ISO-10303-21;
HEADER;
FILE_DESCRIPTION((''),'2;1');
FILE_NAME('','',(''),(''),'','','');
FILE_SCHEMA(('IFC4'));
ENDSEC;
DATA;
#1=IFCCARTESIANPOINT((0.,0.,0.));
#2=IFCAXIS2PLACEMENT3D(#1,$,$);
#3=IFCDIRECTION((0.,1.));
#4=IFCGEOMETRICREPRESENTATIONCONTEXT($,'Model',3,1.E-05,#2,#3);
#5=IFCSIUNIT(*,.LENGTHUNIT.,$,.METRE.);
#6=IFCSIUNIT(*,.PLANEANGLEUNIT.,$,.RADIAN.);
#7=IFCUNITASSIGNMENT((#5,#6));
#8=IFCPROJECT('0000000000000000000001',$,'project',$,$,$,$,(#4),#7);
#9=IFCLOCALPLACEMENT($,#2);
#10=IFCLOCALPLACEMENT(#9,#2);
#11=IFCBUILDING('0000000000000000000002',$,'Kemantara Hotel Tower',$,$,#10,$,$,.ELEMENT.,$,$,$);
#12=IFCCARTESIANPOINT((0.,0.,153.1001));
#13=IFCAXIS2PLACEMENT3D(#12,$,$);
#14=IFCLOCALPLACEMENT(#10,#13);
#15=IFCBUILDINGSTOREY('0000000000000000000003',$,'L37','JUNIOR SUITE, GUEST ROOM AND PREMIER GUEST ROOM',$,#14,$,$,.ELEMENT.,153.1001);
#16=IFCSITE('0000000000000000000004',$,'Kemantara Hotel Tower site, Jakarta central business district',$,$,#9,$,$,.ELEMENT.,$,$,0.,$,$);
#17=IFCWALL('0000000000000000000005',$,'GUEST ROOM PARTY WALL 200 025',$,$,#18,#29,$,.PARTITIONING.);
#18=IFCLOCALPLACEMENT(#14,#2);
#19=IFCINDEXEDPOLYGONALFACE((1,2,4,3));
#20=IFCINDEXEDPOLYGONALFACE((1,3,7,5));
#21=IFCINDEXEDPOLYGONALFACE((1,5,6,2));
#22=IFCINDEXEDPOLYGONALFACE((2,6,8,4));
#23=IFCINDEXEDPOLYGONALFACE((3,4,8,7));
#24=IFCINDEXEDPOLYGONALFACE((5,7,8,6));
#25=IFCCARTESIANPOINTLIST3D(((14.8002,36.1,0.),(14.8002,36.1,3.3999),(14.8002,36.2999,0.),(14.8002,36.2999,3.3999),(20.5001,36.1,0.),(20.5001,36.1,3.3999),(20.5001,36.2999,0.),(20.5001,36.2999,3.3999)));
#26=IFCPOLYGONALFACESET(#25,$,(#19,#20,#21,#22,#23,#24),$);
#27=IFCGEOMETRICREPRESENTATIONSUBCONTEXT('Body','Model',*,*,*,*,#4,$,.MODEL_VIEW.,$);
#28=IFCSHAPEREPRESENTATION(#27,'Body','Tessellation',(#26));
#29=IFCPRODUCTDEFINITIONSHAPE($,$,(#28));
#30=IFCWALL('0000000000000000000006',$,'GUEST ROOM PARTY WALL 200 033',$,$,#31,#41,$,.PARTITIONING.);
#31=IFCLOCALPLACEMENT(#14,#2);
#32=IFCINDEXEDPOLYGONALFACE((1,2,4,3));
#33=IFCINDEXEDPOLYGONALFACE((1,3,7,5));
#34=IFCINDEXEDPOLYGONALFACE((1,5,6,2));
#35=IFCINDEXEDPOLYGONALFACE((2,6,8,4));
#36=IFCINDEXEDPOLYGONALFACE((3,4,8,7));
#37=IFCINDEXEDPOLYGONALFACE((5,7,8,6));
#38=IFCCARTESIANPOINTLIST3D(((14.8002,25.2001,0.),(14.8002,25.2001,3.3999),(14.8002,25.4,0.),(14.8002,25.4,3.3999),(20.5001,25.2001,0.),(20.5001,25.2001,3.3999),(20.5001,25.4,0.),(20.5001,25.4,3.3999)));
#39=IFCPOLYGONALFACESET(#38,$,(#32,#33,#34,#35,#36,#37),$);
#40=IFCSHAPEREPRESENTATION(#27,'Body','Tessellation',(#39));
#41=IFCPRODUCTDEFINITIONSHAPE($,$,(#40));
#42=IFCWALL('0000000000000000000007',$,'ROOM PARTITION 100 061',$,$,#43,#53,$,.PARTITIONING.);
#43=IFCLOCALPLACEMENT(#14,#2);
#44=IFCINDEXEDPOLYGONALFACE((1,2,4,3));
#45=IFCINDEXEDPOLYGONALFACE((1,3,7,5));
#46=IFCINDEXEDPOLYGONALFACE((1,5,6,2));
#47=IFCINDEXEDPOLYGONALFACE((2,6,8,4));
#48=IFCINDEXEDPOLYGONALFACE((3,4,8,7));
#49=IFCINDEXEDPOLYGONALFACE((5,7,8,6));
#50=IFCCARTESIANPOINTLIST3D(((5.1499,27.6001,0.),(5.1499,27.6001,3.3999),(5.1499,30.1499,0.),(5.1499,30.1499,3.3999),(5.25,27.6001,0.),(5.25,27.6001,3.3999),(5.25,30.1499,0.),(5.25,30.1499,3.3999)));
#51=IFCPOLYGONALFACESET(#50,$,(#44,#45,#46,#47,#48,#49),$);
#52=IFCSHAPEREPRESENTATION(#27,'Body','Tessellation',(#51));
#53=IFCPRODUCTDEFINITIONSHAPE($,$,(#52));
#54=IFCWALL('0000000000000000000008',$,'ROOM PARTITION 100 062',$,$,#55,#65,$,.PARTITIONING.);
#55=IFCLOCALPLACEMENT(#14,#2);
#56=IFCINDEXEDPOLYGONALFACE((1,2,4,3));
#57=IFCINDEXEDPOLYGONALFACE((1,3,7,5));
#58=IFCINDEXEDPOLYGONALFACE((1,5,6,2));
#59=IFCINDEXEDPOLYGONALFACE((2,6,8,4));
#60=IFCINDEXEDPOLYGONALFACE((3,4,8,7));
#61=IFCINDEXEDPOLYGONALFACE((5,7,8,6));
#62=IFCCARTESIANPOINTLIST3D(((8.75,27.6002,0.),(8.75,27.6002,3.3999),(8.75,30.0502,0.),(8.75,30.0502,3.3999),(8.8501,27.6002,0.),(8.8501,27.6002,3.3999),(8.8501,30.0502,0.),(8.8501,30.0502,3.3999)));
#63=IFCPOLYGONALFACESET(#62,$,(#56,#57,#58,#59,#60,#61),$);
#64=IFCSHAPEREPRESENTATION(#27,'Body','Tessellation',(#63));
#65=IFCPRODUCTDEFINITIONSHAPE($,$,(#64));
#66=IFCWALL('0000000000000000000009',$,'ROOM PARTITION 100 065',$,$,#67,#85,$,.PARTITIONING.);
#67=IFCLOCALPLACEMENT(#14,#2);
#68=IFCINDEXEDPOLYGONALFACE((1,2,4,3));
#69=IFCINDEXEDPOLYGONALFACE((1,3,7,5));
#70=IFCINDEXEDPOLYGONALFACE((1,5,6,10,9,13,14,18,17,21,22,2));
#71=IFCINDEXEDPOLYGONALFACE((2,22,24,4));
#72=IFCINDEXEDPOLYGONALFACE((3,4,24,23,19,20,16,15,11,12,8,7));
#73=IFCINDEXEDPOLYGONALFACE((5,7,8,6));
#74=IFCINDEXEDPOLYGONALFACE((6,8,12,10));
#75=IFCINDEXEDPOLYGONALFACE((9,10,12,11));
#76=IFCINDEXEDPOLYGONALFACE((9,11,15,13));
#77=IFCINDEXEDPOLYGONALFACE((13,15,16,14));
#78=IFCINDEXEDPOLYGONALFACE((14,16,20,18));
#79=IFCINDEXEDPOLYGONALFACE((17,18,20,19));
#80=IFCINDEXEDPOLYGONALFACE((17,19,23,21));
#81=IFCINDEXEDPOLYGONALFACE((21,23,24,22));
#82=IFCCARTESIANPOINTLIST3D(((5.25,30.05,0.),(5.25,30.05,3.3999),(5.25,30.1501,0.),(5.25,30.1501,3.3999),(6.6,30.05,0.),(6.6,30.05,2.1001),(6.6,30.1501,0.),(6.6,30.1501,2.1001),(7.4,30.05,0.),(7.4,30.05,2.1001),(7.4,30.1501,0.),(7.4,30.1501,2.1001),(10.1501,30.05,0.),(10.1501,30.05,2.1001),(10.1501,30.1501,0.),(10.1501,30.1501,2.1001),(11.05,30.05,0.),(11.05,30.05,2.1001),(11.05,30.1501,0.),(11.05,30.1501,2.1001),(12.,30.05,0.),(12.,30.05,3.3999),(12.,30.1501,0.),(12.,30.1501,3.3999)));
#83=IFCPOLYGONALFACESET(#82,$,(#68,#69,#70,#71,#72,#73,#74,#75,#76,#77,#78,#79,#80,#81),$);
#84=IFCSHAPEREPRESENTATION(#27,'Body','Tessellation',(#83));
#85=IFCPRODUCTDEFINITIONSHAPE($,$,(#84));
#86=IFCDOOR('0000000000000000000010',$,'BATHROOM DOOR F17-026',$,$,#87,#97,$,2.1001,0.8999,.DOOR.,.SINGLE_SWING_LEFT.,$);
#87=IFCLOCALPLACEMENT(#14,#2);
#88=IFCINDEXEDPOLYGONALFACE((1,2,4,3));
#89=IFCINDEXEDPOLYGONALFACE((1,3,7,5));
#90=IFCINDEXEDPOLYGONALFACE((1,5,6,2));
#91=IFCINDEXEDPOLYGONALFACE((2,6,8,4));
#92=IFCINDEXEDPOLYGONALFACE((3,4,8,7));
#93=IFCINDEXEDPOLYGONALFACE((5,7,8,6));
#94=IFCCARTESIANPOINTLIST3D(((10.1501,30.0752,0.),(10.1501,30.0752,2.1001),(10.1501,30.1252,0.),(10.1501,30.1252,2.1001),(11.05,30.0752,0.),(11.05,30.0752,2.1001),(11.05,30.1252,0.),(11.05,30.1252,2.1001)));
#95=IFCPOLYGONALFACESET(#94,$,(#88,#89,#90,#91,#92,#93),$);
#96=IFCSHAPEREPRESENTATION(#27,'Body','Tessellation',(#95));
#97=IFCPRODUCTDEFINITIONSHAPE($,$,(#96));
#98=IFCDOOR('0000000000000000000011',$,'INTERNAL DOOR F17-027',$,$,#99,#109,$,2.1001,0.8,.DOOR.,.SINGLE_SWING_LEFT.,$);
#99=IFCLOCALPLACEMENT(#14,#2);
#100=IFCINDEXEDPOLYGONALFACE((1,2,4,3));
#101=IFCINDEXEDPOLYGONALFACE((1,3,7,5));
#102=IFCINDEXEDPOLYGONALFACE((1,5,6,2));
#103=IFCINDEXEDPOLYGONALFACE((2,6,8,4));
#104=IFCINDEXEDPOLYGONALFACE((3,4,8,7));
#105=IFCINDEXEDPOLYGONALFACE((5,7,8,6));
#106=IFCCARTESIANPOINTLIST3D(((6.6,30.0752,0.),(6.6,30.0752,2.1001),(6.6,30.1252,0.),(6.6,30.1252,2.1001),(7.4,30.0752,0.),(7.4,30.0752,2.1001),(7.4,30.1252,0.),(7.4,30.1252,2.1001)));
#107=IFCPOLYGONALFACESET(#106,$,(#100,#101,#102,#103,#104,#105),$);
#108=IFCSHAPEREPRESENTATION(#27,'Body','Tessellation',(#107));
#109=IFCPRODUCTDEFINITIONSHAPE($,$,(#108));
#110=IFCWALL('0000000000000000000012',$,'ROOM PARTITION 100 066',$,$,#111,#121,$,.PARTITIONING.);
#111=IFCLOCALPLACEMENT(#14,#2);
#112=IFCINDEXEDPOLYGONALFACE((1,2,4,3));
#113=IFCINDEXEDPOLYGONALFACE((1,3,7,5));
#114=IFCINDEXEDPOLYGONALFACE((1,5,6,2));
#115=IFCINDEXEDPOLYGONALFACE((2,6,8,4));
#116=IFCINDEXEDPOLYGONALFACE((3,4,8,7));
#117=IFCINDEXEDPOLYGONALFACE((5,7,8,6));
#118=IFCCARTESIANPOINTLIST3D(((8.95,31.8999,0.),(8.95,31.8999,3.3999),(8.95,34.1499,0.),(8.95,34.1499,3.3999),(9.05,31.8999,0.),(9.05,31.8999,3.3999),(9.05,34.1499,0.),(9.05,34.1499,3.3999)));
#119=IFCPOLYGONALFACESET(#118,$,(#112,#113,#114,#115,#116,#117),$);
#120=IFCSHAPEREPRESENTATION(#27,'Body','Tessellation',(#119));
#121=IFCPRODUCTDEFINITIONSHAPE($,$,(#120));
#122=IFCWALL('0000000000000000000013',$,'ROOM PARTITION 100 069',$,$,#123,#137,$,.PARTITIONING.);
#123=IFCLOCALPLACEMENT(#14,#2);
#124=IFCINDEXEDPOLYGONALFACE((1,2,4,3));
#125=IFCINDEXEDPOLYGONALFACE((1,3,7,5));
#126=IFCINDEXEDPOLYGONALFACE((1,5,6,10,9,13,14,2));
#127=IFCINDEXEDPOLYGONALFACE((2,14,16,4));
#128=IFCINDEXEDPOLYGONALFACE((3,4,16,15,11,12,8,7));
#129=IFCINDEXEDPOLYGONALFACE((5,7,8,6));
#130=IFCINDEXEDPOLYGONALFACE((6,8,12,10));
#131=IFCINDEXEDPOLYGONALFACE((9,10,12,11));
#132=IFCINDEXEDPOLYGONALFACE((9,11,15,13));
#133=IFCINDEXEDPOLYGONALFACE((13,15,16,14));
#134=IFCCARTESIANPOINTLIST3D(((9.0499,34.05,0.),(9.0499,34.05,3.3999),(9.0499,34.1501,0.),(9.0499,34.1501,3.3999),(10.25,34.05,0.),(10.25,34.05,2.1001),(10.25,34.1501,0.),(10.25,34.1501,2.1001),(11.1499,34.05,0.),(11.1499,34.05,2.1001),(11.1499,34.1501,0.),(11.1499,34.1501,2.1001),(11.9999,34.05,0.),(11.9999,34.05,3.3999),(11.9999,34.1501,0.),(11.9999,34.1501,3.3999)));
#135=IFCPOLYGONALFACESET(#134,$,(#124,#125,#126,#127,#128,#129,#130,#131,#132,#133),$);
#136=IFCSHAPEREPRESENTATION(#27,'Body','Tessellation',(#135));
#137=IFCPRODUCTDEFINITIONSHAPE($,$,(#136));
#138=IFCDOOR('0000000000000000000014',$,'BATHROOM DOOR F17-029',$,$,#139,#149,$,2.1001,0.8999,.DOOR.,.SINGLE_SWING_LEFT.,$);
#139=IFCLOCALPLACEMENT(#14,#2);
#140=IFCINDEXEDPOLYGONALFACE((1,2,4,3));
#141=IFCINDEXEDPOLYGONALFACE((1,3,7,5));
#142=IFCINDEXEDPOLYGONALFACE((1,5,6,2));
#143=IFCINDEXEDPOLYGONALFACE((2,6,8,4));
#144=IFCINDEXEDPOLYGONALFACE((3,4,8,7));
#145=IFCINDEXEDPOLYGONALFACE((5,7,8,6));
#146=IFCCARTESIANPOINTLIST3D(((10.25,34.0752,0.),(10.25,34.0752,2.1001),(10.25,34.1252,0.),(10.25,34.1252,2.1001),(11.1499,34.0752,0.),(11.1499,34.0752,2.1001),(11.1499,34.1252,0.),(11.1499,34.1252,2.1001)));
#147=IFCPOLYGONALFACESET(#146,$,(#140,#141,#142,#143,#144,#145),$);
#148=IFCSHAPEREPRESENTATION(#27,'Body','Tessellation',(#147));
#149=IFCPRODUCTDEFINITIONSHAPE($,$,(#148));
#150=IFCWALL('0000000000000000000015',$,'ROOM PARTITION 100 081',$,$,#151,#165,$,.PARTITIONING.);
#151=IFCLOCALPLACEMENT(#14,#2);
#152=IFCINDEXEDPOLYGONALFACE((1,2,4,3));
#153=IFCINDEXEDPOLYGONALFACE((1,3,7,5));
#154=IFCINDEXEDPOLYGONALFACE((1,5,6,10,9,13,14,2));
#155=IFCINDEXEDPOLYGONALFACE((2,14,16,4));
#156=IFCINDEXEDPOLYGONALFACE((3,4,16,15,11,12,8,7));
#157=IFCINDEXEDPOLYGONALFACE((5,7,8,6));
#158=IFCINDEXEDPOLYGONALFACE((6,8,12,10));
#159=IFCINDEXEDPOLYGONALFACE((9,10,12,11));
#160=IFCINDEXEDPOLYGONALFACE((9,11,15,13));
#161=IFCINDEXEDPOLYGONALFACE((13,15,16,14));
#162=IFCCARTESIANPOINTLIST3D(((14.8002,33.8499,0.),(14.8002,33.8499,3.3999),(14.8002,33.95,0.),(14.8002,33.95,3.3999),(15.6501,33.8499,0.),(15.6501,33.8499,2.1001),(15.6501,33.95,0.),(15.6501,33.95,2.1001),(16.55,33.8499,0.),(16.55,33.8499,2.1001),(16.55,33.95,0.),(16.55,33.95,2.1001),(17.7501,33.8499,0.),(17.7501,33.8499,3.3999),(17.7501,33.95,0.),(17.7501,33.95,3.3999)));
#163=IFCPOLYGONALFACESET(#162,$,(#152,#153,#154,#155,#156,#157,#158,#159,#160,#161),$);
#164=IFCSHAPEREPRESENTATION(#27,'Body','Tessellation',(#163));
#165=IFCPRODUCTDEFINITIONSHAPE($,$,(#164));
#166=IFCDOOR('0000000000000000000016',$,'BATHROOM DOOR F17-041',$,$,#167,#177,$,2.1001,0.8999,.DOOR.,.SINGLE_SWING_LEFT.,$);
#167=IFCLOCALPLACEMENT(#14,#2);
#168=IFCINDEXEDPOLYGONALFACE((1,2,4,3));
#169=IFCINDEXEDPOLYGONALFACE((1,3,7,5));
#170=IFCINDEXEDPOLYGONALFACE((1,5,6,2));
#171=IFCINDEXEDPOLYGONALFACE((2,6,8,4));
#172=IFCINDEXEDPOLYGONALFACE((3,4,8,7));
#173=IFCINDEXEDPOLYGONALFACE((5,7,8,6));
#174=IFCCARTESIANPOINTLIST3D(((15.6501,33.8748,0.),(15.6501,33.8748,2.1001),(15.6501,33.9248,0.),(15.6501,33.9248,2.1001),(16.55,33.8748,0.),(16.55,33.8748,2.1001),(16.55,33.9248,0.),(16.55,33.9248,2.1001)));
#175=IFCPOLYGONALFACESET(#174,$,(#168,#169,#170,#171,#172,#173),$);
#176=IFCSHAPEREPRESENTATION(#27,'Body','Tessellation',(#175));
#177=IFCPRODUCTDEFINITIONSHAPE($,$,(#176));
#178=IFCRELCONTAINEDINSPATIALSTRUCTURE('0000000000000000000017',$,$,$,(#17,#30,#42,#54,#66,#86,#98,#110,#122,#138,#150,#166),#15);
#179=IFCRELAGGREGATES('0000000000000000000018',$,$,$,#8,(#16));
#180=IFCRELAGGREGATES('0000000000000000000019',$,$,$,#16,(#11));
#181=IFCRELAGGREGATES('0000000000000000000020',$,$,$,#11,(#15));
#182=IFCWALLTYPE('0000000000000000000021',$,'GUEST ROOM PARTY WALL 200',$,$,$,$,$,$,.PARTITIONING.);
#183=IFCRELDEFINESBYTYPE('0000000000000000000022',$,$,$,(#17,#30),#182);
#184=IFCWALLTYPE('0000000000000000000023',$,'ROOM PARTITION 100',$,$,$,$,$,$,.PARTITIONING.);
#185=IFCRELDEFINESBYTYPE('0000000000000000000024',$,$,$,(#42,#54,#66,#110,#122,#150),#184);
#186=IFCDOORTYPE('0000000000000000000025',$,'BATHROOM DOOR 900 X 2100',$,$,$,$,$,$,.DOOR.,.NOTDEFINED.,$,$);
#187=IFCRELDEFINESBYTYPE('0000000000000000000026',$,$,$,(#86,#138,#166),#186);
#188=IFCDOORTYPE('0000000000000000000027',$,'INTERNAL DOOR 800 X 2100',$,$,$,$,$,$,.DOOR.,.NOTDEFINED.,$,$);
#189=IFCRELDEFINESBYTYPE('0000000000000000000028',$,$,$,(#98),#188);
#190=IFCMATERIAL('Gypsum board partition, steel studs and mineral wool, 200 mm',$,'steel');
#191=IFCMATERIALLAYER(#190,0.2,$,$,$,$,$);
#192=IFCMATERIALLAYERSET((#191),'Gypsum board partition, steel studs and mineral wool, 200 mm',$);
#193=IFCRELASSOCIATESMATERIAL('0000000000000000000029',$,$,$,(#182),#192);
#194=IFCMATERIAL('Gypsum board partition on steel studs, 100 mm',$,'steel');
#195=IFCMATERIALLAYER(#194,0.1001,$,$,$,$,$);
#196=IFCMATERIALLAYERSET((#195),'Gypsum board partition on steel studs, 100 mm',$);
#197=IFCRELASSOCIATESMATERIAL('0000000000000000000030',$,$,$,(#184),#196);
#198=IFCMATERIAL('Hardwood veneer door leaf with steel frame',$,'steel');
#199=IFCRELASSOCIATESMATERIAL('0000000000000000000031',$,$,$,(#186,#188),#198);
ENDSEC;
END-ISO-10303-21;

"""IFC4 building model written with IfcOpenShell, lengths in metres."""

from ifc_helpers import new_model, si_unit, direction, frame, frame_2d, origin, place, context, subcontext, project, spatial, rectangle, extrude, material, layer, layer_set, type_object, element, fill, save


model = new_model("IFC4")

# Units and contexts
model_context = context("Model", 3, precision=1e-05, world=origin(), true_north=direction((0.0, 1.0)))
body_context = subcontext(model_context, "Body", "Model", "MODEL_VIEW")
ifc_project = project(units=[si_unit("LENGTHUNIT", "METRE"), si_unit("PLANEANGLEUNIT", "RADIAN")], contexts=[model_context])

# Site, building, storey
site_placement = place(None, origin())
site = spatial("IfcSite", under=ifc_project, at=site_placement, Name="Kemantara Hotel Tower site, Jakarta central business district", CompositionType="ELEMENT", RefElevation=0.0)
building_placement = place(site_placement, origin())
building = spatial("IfcBuilding", under=site, at=building_placement, Name="Kemantara Hotel Tower", CompositionType="ELEMENT")
storey_placement = place(building_placement, frame((0.0, 0.0, 153.1001)))
storey = spatial("IfcBuildingStorey", under=building, at=storey_placement, Name="L37", Description="JUNIOR SUITE, GUEST ROOM AND PREMIER GUEST ROOM", CompositionType="ELEMENT", Elevation=153.1001)

# Shared definitions
ifc_material_1 = material(Name="Gypsum board partition, steel studs and mineral wool, 200 mm", Category="steel")
ifc_material_2 = material(Name="Hardwood veneer door leaf with steel frame", Category="steel")

# Walls
ifc_layer_1 = layer(ifc_material_1, 0.2)
ifc_layer_set_1 = layer_set([ifc_layer_1], Name="Gypsum board partition, steel studs and mineral wool, 200 mm")
wall_type_1 = type_object("IfcWallType", Name="GUEST ROOM PARTY WALL 200", PredefinedType="PARTITIONING", material=ifc_layer_set_1)
for number, where, z_axis, x_axis, name in (
    (1, (14.8, 36.2, 0.0), (0.0, 0.0, 1.0), (1.0, 0.0, 0.0), "GUEST ROOM PARTY WALL 200 025"),
    (2, (14.8, 25.3, 0.0), (0.0, 0.0, 1.0), (1.0, 0.0, 0.0), "GUEST ROOM PARTY WALL 200 033"),
):
    element("IfcWall", number, at=place(storey_placement, frame(where, z_axis=z_axis, x_axis=x_axis)), inside=storey, type_object=wall_type_1, Name=name, PredefinedType="PARTITIONING", context=body_context, shape_type="SweptSolid", body=[
        extrude(rectangle(XDim=5.7, YDim=0.2, at=frame_2d((2.8501, 0.0))), origin(), (0.0, 0.0, 1.0), 3.3999),
    ])
ifc_material_3 = material(Name="Gypsum board partition on steel studs, 100 mm", Category="steel")
ifc_layer_2 = layer(ifc_material_3, 0.1001)
ifc_layer_set_2 = layer_set([ifc_layer_2], Name="Gypsum board partition on steel studs, 100 mm")
wall_type_2 = type_object("IfcWallType", Name="ROOM PARTITION 100", PredefinedType="PARTITIONING", material=ifc_layer_set_2)
wall_1_placement = place(storey_placement, frame((5.2, 27.6001, 0.0), z_axis=(0.0, 0.0, 1.0), x_axis=(0.0, 1.0, 0.0)))
element("IfcWall", 3, at=wall_1_placement, inside=storey, type_object=wall_type_2, Name="ROOM PARTITION 100 061", PredefinedType="PARTITIONING", context=body_context, shape_type="SweptSolid", body=[
    extrude(rectangle(XDim=2.5498, YDim=0.1001, at=frame_2d((1.2749, 0.0))), origin(), (0.0, 0.0, 1.0), 3.3999),
])
wall_2_placement = place(storey_placement, frame((8.8, 27.6001, 0.0), z_axis=(0.0, 0.0, 1.0), x_axis=(0.0, 1.0, 0.0)))
element("IfcWall", 4, at=wall_2_placement, inside=storey, type_object=wall_type_2, Name="ROOM PARTITION 100 062", PredefinedType="PARTITIONING", context=body_context, shape_type="SweptSolid", body=[
    extrude(rectangle(XDim=2.45, YDim=0.1001, at=frame_2d((1.2251, 0.0))), origin(), (0.0, 0.0, 1.0), 3.3999),
])

# Wall, openings, doors
wall_3_placement = place(storey_placement, frame((12.0, 30.1001, 0.0), z_axis=(0.0, 0.0, 1.0), x_axis=(-1.0, 0.0, 0.0)))
wall_3 = element("IfcWall", 5, at=wall_3_placement, inside=storey, type_object=wall_type_2, Name="ROOM PARTITION 100 065", PredefinedType="PARTITIONING", context=body_context, shape_type="SweptSolid", body=[
    extrude(rectangle(XDim=6.75, YDim=0.1001, at=frame_2d((3.375, 0.0))), origin(), (0.0, 0.0, 1.0), 3.3999),
])
opening_1_placement = place(wall_3_placement, frame((0.95, 0.0, 0.0)))
opening_1 = element("IfcOpeningElement", 6, at=opening_1_placement, cuts=wall_3, PredefinedType="OPENING", context=body_context, shape_type="SweptSolid", body=[
    extrude(rectangle(XDim=0.8999, YDim=2.1001, at=frame_2d((0.45, 1.05))), frame((0.0, 0.0601, 0.0), z_axis=(0.0, -1.0, 0.0), x_axis=(1.0, 0.0, 0.0)), (0.0, 0.0, 1.0), 0.1201),
])
opening_2_placement = place(wall_3_placement, frame((4.6001, 0.0, 0.0)))
opening_2 = element("IfcOpeningElement", 7, at=opening_2_placement, cuts=wall_3, PredefinedType="OPENING", context=body_context, shape_type="SweptSolid", body=[
    extrude(rectangle(XDim=0.8, YDim=2.1001, at=frame_2d((0.3999, 1.05))), frame((0.0, 0.0601, 0.0), z_axis=(0.0, -1.0, 0.0), x_axis=(1.0, 0.0, 0.0)), (0.0, 0.0, 1.0), 0.1201),
])
door_type_1 = type_object("IfcDoorType", Name="BATHROOM DOOR 900 X 2100", OperationType="NOTDEFINED", PredefinedType="DOOR", material=ifc_material_2)
door_1_placement = place(opening_1_placement, origin())
door_1 = element("IfcDoor", 8, at=door_1_placement, inside=storey, type_object=door_type_1, Name="BATHROOM DOOR F17-026", OperationType="SINGLE_SWING_LEFT", OverallHeight=2.1001, OverallWidth=0.8999, PredefinedType="DOOR", context=body_context, shape_type="SweptSolid", body=[
    extrude(rectangle(XDim=0.8999, YDim=2.1001, at=frame_2d((0.45, 1.05))), frame((0.0, 0.0249, 0.0), z_axis=(0.0, -1.0, 0.0), x_axis=(1.0, 0.0, 0.0)), (0.0, 0.0, 1.0), 0.05),
])
fill(opening_1, door_1)
door_type_2 = type_object("IfcDoorType", Name="INTERNAL DOOR 800 X 2100", OperationType="NOTDEFINED", PredefinedType="DOOR", material=ifc_material_2)
door_2_placement = place(opening_2_placement, origin())
door_2 = element("IfcDoor", 9, at=door_2_placement, inside=storey, type_object=door_type_2, Name="INTERNAL DOOR F17-027", OperationType="SINGLE_SWING_LEFT", OverallHeight=2.1001, OverallWidth=0.8, PredefinedType="DOOR", context=body_context, shape_type="SweptSolid", body=[
    extrude(rectangle(XDim=0.8, YDim=2.1001, at=frame_2d((0.3999, 1.05))), frame((0.0, 0.0249, 0.0), z_axis=(0.0, -1.0, 0.0), x_axis=(1.0, 0.0, 0.0)), (0.0, 0.0, 1.0), 0.05),
])
fill(opening_2, door_2)

# Wall
wall_4_placement = place(storey_placement, frame((9.0, 31.8999, 0.0), z_axis=(0.0, 0.0, 1.0), x_axis=(0.0, 1.0, 0.0)))
element("IfcWall", 10, at=wall_4_placement, inside=storey, type_object=wall_type_2, Name="ROOM PARTITION 100 066", PredefinedType="PARTITIONING", context=body_context, shape_type="SweptSolid", body=[
    extrude(rectangle(XDim=2.25, YDim=0.1001, at=frame_2d((1.125, 0.0))), origin(), (0.0, 0.0, 1.0), 3.3999),
])

# Walls, openings, doors
wall_5_placement = place(storey_placement, frame((12.0, 34.1001, 0.0), z_axis=(0.0, 0.0, 1.0), x_axis=(-1.0, 0.0, 0.0)))
wall_5 = element("IfcWall", 11, at=wall_5_placement, inside=storey, type_object=wall_type_2, Name="ROOM PARTITION 100 069", PredefinedType="PARTITIONING", context=body_context, shape_type="SweptSolid", body=[
    extrude(rectangle(XDim=2.95, YDim=0.1001, at=frame_2d((1.4751, 0.0))), origin(), (0.0, 0.0, 1.0), 3.3999),
])
opening_3_placement = place(wall_5_placement, frame((0.8501, 0.0, 0.0)))
opening_3 = element("IfcOpeningElement", 12, at=opening_3_placement, cuts=wall_5, PredefinedType="OPENING", context=body_context, shape_type="SweptSolid", body=[
    extrude(rectangle(XDim=0.8999, YDim=2.1001, at=frame_2d((0.45, 1.05))), frame((0.0, 0.0601, 0.0), z_axis=(0.0, -1.0, 0.0), x_axis=(1.0, 0.0, 0.0)), (0.0, 0.0, 1.0), 0.1201),
])
door_3_placement = place(opening_3_placement, origin())
door_3 = element("IfcDoor", 13, at=door_3_placement, inside=storey, type_object=door_type_1, Name="BATHROOM DOOR F17-029", OperationType="SINGLE_SWING_LEFT", OverallHeight=2.1001, OverallWidth=0.8999, PredefinedType="DOOR", context=body_context, shape_type="SweptSolid", body=[
    extrude(rectangle(XDim=0.8999, YDim=2.1001, at=frame_2d((0.45, 1.05))), frame((0.0, 0.0249, 0.0), z_axis=(0.0, -1.0, 0.0), x_axis=(1.0, 0.0, 0.0)), (0.0, 0.0, 1.0), 0.05),
])
fill(opening_3, door_3)
wall_6_placement = place(storey_placement, frame((14.8, 33.8999, 0.0), z_axis=(0.0, 0.0, 1.0), x_axis=(1.0, 0.0, 0.0)))
wall_6 = element("IfcWall", 14, at=wall_6_placement, inside=storey, type_object=wall_type_2, Name="ROOM PARTITION 100 081", PredefinedType="PARTITIONING", context=body_context, shape_type="SweptSolid", body=[
    extrude(rectangle(XDim=2.95, YDim=0.1001, at=frame_2d((1.4751, 0.0))), origin(), (0.0, 0.0, 1.0), 3.3999),
])
opening_4_placement = place(wall_6_placement, frame((0.8501, 0.0, 0.0)))
opening_4 = element("IfcOpeningElement", 15, at=opening_4_placement, cuts=wall_6, PredefinedType="OPENING", context=body_context, shape_type="SweptSolid", body=[
    extrude(rectangle(XDim=0.8999, YDim=2.1001, at=frame_2d((0.45, 1.05))), frame((0.0, 0.0601, 0.0), z_axis=(0.0, -1.0, 0.0), x_axis=(1.0, 0.0, 0.0)), (0.0, 0.0, 1.0), 0.1201),
])
door_4_placement = place(opening_4_placement, origin())
door_4 = element("IfcDoor", 16, at=door_4_placement, inside=storey, type_object=door_type_1, Name="BATHROOM DOOR F17-041", OperationType="SINGLE_SWING_LEFT", OverallHeight=2.1001, OverallWidth=0.8999, PredefinedType="DOOR", context=body_context, shape_type="SweptSolid", body=[
    extrude(rectangle(XDim=0.8999, YDim=2.1001, at=frame_2d((0.45, 1.05))), frame((0.0, 0.0249, 0.0), z_axis=(0.0, -1.0, 0.0), x_axis=(1.0, 0.0, 0.0)), (0.0, 0.0, 1.0), 0.05),
])
fill(opening_4, door_4)

save(model, "model.ifc")
